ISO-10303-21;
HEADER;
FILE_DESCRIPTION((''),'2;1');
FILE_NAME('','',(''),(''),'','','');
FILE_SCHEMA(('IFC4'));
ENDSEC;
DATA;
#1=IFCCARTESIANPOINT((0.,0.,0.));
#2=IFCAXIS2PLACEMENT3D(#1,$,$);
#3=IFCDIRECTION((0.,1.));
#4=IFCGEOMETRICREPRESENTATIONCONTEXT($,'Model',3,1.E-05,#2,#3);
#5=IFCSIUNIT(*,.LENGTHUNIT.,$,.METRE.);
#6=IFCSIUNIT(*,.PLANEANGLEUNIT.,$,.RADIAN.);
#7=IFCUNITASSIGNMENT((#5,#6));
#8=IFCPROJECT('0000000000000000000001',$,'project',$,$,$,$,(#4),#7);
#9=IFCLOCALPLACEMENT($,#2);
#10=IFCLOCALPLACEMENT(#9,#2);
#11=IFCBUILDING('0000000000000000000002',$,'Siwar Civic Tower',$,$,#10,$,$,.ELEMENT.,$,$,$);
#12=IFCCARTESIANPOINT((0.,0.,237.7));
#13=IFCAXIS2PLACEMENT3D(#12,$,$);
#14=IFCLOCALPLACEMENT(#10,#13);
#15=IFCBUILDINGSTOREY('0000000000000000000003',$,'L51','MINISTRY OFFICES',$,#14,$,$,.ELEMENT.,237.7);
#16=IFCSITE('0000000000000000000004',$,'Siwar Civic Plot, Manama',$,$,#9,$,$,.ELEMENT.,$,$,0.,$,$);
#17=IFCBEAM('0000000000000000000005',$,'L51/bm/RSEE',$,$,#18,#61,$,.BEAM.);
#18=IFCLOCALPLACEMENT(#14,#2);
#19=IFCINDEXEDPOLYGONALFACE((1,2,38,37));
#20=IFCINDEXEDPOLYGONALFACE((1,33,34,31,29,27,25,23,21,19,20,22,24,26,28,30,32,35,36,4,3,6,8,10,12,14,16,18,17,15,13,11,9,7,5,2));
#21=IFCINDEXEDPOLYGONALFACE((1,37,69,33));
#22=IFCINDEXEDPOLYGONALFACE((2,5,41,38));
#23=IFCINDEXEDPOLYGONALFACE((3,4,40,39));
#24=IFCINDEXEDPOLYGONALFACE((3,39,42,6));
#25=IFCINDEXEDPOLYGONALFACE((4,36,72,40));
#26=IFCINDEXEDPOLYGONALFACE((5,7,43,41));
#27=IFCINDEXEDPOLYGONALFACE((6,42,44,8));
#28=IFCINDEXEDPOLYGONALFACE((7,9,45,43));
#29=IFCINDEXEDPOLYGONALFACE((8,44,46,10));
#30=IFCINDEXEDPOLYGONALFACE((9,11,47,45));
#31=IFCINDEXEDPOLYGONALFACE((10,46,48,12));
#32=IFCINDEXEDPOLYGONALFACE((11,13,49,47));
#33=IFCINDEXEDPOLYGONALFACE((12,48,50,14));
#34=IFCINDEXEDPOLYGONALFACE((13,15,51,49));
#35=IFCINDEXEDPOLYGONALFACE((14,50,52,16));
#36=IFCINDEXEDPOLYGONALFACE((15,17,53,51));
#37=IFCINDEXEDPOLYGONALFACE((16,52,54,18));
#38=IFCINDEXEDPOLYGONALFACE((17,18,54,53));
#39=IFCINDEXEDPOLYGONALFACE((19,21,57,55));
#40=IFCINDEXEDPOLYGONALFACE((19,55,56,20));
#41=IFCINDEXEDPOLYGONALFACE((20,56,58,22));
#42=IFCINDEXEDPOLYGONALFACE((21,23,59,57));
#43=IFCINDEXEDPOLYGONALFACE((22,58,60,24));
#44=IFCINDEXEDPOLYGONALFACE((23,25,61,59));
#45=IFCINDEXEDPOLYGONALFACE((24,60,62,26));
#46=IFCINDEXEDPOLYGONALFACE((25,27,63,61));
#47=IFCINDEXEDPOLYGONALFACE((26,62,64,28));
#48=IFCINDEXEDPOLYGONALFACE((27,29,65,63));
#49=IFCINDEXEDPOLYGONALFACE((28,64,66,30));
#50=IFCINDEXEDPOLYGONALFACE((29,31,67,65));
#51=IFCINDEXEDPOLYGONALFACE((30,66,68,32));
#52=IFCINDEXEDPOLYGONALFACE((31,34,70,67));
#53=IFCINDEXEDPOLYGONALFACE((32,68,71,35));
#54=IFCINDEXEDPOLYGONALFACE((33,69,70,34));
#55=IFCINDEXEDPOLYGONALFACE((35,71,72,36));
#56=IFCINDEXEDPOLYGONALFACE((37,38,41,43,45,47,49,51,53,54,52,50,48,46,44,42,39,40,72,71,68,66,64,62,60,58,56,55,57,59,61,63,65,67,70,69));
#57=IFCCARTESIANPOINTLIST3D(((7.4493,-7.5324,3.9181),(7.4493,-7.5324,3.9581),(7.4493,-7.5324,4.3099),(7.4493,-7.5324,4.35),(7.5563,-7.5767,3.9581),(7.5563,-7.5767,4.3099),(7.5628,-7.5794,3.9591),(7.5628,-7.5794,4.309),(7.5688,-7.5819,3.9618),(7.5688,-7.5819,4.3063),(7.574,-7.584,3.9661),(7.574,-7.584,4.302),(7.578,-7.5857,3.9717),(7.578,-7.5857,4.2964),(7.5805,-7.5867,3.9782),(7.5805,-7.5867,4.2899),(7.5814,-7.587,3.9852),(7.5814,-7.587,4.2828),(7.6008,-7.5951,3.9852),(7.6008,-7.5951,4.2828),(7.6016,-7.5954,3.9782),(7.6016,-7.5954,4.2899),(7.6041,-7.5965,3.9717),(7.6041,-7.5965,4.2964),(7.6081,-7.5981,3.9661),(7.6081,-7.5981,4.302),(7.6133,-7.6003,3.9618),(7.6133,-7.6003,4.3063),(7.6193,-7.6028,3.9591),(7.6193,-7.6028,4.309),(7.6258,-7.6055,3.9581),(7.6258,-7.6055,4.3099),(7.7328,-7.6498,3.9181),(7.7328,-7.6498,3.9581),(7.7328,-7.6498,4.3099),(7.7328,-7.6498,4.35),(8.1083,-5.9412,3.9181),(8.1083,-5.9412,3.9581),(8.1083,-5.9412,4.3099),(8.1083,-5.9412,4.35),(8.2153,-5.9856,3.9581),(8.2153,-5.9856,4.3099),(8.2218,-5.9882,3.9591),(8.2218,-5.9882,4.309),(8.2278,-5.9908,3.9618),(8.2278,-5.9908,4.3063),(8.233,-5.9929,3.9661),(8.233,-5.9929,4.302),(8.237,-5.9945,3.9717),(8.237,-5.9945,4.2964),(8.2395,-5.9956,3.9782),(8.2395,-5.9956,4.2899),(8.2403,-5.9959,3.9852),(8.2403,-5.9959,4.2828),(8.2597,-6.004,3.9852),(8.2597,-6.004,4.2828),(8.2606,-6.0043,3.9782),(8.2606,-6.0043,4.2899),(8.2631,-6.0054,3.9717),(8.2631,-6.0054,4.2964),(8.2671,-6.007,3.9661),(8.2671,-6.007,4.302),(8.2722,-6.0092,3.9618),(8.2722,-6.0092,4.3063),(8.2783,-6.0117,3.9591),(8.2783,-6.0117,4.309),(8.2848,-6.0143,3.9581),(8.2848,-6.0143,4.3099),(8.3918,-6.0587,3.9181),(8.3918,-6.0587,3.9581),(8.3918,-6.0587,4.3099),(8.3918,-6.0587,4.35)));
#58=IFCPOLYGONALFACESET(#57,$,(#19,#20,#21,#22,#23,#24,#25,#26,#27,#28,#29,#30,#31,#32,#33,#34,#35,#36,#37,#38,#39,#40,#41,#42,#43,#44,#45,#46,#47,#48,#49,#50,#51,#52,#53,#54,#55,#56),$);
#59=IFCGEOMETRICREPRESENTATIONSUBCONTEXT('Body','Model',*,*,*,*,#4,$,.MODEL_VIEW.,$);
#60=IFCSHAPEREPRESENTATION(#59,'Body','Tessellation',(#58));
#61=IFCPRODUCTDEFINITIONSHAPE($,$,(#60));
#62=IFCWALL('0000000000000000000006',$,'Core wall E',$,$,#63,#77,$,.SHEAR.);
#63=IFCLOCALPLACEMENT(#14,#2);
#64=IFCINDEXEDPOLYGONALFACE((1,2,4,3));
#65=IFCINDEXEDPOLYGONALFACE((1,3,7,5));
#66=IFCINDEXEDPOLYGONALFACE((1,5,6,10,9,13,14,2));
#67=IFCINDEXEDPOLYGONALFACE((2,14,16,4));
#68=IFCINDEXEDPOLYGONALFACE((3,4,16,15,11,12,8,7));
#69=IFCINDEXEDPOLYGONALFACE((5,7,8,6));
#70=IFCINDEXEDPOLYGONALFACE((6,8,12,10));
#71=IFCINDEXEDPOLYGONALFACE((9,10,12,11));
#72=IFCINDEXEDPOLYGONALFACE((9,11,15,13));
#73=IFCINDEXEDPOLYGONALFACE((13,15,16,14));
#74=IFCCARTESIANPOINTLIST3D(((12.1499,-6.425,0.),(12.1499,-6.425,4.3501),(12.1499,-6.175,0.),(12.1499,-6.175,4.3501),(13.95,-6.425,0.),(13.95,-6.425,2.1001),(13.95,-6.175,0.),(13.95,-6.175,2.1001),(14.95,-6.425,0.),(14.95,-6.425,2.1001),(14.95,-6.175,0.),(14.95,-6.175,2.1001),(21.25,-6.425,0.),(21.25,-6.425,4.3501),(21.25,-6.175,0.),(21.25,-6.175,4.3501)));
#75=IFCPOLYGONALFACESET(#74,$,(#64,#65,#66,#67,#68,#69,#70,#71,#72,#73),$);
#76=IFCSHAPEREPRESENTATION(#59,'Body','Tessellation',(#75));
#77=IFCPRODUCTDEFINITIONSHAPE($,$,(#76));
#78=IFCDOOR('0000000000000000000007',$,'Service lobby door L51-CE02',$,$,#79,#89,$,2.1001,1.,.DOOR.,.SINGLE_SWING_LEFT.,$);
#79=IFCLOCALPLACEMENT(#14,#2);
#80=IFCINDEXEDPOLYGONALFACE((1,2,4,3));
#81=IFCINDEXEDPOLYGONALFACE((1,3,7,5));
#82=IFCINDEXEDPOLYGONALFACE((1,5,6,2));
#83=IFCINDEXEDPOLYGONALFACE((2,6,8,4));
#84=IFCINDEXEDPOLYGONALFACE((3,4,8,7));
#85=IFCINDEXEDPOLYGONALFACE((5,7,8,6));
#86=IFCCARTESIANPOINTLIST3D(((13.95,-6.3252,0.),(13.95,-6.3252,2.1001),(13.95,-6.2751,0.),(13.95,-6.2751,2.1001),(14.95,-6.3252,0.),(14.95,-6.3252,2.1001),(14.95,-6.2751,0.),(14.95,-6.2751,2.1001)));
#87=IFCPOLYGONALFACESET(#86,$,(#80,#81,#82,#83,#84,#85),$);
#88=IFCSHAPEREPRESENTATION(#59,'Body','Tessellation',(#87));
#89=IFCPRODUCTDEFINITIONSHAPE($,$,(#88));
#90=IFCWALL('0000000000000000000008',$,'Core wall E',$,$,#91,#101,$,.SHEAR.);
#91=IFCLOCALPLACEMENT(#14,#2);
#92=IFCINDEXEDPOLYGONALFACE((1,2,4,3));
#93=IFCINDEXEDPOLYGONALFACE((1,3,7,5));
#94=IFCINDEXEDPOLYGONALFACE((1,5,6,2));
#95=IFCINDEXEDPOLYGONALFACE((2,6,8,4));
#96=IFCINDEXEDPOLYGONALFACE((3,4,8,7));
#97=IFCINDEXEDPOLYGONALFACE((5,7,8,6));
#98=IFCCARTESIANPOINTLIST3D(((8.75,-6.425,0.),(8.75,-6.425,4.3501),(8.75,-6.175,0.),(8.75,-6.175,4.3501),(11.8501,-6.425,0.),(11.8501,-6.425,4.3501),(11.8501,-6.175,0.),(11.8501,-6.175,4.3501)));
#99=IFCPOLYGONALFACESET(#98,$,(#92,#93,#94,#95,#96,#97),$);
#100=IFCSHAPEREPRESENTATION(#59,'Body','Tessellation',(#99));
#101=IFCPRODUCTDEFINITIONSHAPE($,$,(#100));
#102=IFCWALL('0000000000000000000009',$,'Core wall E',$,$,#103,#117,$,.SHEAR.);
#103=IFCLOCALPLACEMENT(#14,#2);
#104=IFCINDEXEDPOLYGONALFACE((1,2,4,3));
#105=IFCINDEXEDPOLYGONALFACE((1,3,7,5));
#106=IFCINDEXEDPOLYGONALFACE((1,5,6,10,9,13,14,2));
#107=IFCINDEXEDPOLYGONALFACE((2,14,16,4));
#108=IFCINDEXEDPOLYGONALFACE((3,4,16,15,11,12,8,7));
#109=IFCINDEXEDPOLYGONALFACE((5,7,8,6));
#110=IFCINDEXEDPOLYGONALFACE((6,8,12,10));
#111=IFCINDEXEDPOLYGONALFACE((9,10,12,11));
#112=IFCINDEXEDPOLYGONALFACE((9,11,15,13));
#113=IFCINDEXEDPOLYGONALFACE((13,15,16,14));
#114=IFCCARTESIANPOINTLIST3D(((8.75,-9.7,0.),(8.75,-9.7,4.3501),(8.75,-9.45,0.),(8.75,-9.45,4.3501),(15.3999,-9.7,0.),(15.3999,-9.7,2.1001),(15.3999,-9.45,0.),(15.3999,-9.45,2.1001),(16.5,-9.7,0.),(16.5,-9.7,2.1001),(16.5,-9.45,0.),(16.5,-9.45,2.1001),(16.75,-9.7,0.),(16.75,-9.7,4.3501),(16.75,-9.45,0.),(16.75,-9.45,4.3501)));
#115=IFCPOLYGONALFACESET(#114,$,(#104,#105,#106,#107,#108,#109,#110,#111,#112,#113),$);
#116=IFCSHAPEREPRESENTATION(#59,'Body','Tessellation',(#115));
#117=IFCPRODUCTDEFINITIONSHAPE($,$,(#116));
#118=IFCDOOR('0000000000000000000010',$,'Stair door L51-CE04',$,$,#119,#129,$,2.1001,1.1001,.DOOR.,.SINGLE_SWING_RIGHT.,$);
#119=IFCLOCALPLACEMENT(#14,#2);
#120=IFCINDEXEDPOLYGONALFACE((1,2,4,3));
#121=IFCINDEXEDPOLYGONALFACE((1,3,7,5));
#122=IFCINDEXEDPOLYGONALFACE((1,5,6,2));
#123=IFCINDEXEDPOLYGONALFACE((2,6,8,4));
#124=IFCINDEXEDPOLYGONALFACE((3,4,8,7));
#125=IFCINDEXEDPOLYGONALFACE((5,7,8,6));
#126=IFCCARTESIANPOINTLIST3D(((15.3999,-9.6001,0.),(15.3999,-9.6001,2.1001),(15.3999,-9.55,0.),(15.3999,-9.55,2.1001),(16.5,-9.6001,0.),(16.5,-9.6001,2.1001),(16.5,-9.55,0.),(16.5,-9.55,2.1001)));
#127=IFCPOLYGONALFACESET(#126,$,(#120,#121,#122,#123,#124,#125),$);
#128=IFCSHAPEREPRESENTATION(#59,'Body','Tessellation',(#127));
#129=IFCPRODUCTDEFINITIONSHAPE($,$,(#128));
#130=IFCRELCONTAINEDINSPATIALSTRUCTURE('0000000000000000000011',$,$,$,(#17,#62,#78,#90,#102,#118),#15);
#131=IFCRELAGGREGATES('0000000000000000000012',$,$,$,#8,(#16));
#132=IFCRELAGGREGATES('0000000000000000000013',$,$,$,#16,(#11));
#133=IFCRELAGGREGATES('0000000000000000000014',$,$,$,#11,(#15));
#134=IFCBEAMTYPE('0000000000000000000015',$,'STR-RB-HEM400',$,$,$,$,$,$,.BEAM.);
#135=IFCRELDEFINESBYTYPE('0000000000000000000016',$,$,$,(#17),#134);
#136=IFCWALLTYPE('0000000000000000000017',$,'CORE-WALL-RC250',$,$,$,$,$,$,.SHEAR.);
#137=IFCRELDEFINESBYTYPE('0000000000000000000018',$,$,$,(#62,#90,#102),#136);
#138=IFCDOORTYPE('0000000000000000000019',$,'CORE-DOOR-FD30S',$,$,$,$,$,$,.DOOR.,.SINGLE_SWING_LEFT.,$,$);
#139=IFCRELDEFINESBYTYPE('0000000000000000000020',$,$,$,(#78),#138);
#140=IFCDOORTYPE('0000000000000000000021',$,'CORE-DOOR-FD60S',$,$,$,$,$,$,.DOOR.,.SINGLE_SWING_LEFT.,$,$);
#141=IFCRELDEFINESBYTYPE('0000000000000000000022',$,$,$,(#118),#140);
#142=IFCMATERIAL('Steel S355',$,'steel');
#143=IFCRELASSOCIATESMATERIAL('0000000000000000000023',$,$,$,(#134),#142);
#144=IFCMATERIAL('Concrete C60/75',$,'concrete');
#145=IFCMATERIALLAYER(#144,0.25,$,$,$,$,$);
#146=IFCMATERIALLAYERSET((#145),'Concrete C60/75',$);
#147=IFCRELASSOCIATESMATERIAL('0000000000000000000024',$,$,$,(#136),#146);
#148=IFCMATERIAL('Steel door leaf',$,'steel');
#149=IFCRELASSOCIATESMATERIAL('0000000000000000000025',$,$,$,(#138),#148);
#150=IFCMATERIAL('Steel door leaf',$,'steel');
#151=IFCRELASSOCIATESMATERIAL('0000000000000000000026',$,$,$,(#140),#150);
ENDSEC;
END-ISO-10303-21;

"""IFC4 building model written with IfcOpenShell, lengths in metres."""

from ifc_helpers import new_model, si_unit, direction, frame, frame_2d, origin, origin_2d, place, context, subcontext, project, spatial, rectangle, i_section, extrude, material, layer, layer_set, material_profile, profile_set, type_object, element, fill, save


model = new_model("IFC4")

# Units and contexts
model_context = context("Model", 3, precision=1e-05, world=origin(), true_north=direction((0.0, 1.0)))
body_context = subcontext(model_context, "Body", "Model", "MODEL_VIEW")
ifc_project = project(units=[si_unit("LENGTHUNIT", "METRE"), si_unit("PLANEANGLEUNIT", "RADIAN")], contexts=[model_context])

# Site, building, storey
site_placement = place(None, origin())
site = spatial("IfcSite", under=ifc_project, at=site_placement, Name="Siwar Civic Plot, Manama", CompositionType="ELEMENT", RefElevation=0.0)
building_placement = place(site_placement, origin())
building = spatial("IfcBuilding", under=site, at=building_placement, Name="Siwar Civic Tower", CompositionType="ELEMENT")
storey_placement = place(building_placement, frame((0.0, 0.0, 237.7)))
storey = spatial("IfcBuildingStorey", under=building, at=storey_placement, Name="L51", Description="MINISTRY OFFICES", CompositionType="ELEMENT", Elevation=237.7)

# Beam
ifc_material_1 = material(Name="Steel S355", Category="steel")
ifc_material_profile = material_profile(ifc_material_1, i_section(OverallWidth=0.3069, OverallDepth=0.4319, WebThickness=0.021, FlangeThickness=0.04, FilletRadius=0.0271, at=origin_2d()), Name="HEM400")
ifc_profile_set = profile_set([ifc_material_profile], Name="Steel S355")
beam_type = type_object("IfcBeamType", Name="STR-RB-HEM400", PredefinedType="BEAM", material=ifc_profile_set)
beam_placement = place(storey_placement, frame((7.5911, -7.5911, 4.134), z_axis=(0.382631, 0.923901, 0.0), x_axis=(-0.923901, 0.382631, 0.0)))
element("IfcBeam", 1, at=beam_placement, inside=storey, type_object=beam_type, Name="L51/bm/RSEE", PredefinedType="BEAM", context=body_context, shape_type="SweptSolid", body=[
    extrude(i_section(OverallWidth=0.3069, OverallDepth=0.4319, WebThickness=0.021, FlangeThickness=0.04, FilletRadius=0.0271, at=origin_2d()), origin(), (0.0, 0.0, 1.0), 1.7222),
])

# Wall, opening, door
ifc_material_2 = material(Name="Concrete C60/75", Category="concrete")
ifc_layer_1 = layer(ifc_material_2, 0.25)
ifc_layer_set_1 = layer_set([ifc_layer_1], Name="Concrete C60/75")
wall_type_1 = type_object("IfcWallType", Name="CORE-WALL-RC250", PredefinedType="SHEAR", material=ifc_layer_set_1)
wall_1_placement = place(storey_placement, frame((12.1499, -6.3, 0.0), z_axis=(0.0, 0.0, 1.0), x_axis=(1.0, 0.0, 0.0)))
wall_1 = element("IfcWall", 2, at=wall_1_placement, inside=storey, type_object=wall_type_1, Name="Core wall E", PredefinedType="SHEAR", context=body_context, shape_type="SweptSolid", body=[
    extrude(rectangle(XDim=9.1001, YDim=0.25, at=frame_2d((4.55, 0.0))), origin(), (0.0, 0.0, 1.0), 4.3501),
])
opening_1_placement = place(wall_1_placement, frame((1.8, 0.0, 0.0)))
opening_1 = element("IfcOpeningElement", 3, at=opening_1_placement, cuts=wall_1, PredefinedType="OPENING", context=body_context, shape_type="SweptSolid", body=[
    extrude(rectangle(XDim=1.0, YDim=2.1001, at=frame_2d((0.5, 1.05))), frame((0.0, 0.135, 0.0), z_axis=(0.0, -1.0, 0.0), x_axis=(1.0, 0.0, 0.0)), (0.0, 0.0, 1.0), 0.27),
])
ifc_material_3 = material(Name="Steel door leaf", Category="steel")
door_type_1 = type_object("IfcDoorType", Name="CORE-DOOR-FD30S", OperationType="SINGLE_SWING_LEFT", PredefinedType="DOOR", material=ifc_material_3)
door_1_placement = place(opening_1_placement, origin())
door_1 = element("IfcDoor", 4, at=door_1_placement, inside=storey, type_object=door_type_1, Name="Service lobby door L51-CE02", OperationType="SINGLE_SWING_LEFT", OverallHeight=2.1001, OverallWidth=1.0, PredefinedType="DOOR", context=body_context, shape_type="SweptSolid", body=[
    extrude(rectangle(XDim=1.0, YDim=2.1001, at=frame_2d((0.5, 1.05))), frame((0.0, 0.0249, 0.0), z_axis=(0.0, -1.0, 0.0), x_axis=(1.0, 0.0, 0.0)), (0.0, 0.0, 1.0), 0.05),
])
fill(opening_1, door_1)

# Wall
wall_2_placement = place(storey_placement, frame((8.75, -6.3, 0.0), z_axis=(0.0, 0.0, 1.0), x_axis=(1.0, 0.0, 0.0)))
element("IfcWall", 5, at=wall_2_placement, inside=storey, type_object=wall_type_1, Name="Core wall E", PredefinedType="SHEAR", context=body_context, shape_type="SweptSolid", body=[
    extrude(rectangle(XDim=3.1001, YDim=0.25, at=frame_2d((1.55, 0.0))), origin(), (0.0, 0.0, 1.0), 4.3501),
])

# Wall, opening, door
wall_3_placement = place(storey_placement, frame((8.75, -9.575, 0.0), z_axis=(0.0, 0.0, 1.0), x_axis=(1.0, 0.0, 0.0)))
wall_3 = element("IfcWall", 6, at=wall_3_placement, inside=storey, type_object=wall_type_1, Name="Core wall E", PredefinedType="SHEAR", context=body_context, shape_type="SweptSolid", body=[
    extrude(rectangle(XDim=8.0, YDim=0.25, at=frame_2d((4.0, 0.0))), origin(), (0.0, 0.0, 1.0), 4.3501),
])
opening_2_placement = place(wall_3_placement, frame((6.6499, 0.0, 0.0)))
opening_2 = element("IfcOpeningElement", 7, at=opening_2_placement, cuts=wall_3, PredefinedType="OPENING", context=body_context, shape_type="SweptSolid", body=[
    extrude(rectangle(XDim=1.1001, YDim=2.1001, at=frame_2d((0.55, 1.05))), frame((0.0, 0.135, 0.0), z_axis=(0.0, -1.0, 0.0), x_axis=(1.0, 0.0, 0.0)), (0.0, 0.0, 1.0), 0.27),
])
ifc_material_4 = material(Name="Steel door leaf", Category="steel")
door_type_2 = type_object("IfcDoorType", Name="CORE-DOOR-FD60S", OperationType="SINGLE_SWING_LEFT", PredefinedType="DOOR", material=ifc_material_4)
door_2_placement = place(opening_2_placement, origin())
door_2 = element("IfcDoor", 8, at=door_2_placement, inside=storey, type_object=door_type_2, Name="Stair door L51-CE04", OperationType="SINGLE_SWING_RIGHT", OverallHeight=2.1001, OverallWidth=1.1001, PredefinedType="DOOR", context=body_context, shape_type="SweptSolid", body=[
    extrude(rectangle(XDim=1.1001, YDim=2.1001, at=frame_2d((0.55, 1.05))), frame((0.0, 0.0249, 0.0), z_axis=(0.0, -1.0, 0.0), x_axis=(1.0, 0.0, 0.0)), (0.0, 0.0, 1.0), 0.05),
])
fill(opening_2, door_2)

save(model, "model.ifc")
